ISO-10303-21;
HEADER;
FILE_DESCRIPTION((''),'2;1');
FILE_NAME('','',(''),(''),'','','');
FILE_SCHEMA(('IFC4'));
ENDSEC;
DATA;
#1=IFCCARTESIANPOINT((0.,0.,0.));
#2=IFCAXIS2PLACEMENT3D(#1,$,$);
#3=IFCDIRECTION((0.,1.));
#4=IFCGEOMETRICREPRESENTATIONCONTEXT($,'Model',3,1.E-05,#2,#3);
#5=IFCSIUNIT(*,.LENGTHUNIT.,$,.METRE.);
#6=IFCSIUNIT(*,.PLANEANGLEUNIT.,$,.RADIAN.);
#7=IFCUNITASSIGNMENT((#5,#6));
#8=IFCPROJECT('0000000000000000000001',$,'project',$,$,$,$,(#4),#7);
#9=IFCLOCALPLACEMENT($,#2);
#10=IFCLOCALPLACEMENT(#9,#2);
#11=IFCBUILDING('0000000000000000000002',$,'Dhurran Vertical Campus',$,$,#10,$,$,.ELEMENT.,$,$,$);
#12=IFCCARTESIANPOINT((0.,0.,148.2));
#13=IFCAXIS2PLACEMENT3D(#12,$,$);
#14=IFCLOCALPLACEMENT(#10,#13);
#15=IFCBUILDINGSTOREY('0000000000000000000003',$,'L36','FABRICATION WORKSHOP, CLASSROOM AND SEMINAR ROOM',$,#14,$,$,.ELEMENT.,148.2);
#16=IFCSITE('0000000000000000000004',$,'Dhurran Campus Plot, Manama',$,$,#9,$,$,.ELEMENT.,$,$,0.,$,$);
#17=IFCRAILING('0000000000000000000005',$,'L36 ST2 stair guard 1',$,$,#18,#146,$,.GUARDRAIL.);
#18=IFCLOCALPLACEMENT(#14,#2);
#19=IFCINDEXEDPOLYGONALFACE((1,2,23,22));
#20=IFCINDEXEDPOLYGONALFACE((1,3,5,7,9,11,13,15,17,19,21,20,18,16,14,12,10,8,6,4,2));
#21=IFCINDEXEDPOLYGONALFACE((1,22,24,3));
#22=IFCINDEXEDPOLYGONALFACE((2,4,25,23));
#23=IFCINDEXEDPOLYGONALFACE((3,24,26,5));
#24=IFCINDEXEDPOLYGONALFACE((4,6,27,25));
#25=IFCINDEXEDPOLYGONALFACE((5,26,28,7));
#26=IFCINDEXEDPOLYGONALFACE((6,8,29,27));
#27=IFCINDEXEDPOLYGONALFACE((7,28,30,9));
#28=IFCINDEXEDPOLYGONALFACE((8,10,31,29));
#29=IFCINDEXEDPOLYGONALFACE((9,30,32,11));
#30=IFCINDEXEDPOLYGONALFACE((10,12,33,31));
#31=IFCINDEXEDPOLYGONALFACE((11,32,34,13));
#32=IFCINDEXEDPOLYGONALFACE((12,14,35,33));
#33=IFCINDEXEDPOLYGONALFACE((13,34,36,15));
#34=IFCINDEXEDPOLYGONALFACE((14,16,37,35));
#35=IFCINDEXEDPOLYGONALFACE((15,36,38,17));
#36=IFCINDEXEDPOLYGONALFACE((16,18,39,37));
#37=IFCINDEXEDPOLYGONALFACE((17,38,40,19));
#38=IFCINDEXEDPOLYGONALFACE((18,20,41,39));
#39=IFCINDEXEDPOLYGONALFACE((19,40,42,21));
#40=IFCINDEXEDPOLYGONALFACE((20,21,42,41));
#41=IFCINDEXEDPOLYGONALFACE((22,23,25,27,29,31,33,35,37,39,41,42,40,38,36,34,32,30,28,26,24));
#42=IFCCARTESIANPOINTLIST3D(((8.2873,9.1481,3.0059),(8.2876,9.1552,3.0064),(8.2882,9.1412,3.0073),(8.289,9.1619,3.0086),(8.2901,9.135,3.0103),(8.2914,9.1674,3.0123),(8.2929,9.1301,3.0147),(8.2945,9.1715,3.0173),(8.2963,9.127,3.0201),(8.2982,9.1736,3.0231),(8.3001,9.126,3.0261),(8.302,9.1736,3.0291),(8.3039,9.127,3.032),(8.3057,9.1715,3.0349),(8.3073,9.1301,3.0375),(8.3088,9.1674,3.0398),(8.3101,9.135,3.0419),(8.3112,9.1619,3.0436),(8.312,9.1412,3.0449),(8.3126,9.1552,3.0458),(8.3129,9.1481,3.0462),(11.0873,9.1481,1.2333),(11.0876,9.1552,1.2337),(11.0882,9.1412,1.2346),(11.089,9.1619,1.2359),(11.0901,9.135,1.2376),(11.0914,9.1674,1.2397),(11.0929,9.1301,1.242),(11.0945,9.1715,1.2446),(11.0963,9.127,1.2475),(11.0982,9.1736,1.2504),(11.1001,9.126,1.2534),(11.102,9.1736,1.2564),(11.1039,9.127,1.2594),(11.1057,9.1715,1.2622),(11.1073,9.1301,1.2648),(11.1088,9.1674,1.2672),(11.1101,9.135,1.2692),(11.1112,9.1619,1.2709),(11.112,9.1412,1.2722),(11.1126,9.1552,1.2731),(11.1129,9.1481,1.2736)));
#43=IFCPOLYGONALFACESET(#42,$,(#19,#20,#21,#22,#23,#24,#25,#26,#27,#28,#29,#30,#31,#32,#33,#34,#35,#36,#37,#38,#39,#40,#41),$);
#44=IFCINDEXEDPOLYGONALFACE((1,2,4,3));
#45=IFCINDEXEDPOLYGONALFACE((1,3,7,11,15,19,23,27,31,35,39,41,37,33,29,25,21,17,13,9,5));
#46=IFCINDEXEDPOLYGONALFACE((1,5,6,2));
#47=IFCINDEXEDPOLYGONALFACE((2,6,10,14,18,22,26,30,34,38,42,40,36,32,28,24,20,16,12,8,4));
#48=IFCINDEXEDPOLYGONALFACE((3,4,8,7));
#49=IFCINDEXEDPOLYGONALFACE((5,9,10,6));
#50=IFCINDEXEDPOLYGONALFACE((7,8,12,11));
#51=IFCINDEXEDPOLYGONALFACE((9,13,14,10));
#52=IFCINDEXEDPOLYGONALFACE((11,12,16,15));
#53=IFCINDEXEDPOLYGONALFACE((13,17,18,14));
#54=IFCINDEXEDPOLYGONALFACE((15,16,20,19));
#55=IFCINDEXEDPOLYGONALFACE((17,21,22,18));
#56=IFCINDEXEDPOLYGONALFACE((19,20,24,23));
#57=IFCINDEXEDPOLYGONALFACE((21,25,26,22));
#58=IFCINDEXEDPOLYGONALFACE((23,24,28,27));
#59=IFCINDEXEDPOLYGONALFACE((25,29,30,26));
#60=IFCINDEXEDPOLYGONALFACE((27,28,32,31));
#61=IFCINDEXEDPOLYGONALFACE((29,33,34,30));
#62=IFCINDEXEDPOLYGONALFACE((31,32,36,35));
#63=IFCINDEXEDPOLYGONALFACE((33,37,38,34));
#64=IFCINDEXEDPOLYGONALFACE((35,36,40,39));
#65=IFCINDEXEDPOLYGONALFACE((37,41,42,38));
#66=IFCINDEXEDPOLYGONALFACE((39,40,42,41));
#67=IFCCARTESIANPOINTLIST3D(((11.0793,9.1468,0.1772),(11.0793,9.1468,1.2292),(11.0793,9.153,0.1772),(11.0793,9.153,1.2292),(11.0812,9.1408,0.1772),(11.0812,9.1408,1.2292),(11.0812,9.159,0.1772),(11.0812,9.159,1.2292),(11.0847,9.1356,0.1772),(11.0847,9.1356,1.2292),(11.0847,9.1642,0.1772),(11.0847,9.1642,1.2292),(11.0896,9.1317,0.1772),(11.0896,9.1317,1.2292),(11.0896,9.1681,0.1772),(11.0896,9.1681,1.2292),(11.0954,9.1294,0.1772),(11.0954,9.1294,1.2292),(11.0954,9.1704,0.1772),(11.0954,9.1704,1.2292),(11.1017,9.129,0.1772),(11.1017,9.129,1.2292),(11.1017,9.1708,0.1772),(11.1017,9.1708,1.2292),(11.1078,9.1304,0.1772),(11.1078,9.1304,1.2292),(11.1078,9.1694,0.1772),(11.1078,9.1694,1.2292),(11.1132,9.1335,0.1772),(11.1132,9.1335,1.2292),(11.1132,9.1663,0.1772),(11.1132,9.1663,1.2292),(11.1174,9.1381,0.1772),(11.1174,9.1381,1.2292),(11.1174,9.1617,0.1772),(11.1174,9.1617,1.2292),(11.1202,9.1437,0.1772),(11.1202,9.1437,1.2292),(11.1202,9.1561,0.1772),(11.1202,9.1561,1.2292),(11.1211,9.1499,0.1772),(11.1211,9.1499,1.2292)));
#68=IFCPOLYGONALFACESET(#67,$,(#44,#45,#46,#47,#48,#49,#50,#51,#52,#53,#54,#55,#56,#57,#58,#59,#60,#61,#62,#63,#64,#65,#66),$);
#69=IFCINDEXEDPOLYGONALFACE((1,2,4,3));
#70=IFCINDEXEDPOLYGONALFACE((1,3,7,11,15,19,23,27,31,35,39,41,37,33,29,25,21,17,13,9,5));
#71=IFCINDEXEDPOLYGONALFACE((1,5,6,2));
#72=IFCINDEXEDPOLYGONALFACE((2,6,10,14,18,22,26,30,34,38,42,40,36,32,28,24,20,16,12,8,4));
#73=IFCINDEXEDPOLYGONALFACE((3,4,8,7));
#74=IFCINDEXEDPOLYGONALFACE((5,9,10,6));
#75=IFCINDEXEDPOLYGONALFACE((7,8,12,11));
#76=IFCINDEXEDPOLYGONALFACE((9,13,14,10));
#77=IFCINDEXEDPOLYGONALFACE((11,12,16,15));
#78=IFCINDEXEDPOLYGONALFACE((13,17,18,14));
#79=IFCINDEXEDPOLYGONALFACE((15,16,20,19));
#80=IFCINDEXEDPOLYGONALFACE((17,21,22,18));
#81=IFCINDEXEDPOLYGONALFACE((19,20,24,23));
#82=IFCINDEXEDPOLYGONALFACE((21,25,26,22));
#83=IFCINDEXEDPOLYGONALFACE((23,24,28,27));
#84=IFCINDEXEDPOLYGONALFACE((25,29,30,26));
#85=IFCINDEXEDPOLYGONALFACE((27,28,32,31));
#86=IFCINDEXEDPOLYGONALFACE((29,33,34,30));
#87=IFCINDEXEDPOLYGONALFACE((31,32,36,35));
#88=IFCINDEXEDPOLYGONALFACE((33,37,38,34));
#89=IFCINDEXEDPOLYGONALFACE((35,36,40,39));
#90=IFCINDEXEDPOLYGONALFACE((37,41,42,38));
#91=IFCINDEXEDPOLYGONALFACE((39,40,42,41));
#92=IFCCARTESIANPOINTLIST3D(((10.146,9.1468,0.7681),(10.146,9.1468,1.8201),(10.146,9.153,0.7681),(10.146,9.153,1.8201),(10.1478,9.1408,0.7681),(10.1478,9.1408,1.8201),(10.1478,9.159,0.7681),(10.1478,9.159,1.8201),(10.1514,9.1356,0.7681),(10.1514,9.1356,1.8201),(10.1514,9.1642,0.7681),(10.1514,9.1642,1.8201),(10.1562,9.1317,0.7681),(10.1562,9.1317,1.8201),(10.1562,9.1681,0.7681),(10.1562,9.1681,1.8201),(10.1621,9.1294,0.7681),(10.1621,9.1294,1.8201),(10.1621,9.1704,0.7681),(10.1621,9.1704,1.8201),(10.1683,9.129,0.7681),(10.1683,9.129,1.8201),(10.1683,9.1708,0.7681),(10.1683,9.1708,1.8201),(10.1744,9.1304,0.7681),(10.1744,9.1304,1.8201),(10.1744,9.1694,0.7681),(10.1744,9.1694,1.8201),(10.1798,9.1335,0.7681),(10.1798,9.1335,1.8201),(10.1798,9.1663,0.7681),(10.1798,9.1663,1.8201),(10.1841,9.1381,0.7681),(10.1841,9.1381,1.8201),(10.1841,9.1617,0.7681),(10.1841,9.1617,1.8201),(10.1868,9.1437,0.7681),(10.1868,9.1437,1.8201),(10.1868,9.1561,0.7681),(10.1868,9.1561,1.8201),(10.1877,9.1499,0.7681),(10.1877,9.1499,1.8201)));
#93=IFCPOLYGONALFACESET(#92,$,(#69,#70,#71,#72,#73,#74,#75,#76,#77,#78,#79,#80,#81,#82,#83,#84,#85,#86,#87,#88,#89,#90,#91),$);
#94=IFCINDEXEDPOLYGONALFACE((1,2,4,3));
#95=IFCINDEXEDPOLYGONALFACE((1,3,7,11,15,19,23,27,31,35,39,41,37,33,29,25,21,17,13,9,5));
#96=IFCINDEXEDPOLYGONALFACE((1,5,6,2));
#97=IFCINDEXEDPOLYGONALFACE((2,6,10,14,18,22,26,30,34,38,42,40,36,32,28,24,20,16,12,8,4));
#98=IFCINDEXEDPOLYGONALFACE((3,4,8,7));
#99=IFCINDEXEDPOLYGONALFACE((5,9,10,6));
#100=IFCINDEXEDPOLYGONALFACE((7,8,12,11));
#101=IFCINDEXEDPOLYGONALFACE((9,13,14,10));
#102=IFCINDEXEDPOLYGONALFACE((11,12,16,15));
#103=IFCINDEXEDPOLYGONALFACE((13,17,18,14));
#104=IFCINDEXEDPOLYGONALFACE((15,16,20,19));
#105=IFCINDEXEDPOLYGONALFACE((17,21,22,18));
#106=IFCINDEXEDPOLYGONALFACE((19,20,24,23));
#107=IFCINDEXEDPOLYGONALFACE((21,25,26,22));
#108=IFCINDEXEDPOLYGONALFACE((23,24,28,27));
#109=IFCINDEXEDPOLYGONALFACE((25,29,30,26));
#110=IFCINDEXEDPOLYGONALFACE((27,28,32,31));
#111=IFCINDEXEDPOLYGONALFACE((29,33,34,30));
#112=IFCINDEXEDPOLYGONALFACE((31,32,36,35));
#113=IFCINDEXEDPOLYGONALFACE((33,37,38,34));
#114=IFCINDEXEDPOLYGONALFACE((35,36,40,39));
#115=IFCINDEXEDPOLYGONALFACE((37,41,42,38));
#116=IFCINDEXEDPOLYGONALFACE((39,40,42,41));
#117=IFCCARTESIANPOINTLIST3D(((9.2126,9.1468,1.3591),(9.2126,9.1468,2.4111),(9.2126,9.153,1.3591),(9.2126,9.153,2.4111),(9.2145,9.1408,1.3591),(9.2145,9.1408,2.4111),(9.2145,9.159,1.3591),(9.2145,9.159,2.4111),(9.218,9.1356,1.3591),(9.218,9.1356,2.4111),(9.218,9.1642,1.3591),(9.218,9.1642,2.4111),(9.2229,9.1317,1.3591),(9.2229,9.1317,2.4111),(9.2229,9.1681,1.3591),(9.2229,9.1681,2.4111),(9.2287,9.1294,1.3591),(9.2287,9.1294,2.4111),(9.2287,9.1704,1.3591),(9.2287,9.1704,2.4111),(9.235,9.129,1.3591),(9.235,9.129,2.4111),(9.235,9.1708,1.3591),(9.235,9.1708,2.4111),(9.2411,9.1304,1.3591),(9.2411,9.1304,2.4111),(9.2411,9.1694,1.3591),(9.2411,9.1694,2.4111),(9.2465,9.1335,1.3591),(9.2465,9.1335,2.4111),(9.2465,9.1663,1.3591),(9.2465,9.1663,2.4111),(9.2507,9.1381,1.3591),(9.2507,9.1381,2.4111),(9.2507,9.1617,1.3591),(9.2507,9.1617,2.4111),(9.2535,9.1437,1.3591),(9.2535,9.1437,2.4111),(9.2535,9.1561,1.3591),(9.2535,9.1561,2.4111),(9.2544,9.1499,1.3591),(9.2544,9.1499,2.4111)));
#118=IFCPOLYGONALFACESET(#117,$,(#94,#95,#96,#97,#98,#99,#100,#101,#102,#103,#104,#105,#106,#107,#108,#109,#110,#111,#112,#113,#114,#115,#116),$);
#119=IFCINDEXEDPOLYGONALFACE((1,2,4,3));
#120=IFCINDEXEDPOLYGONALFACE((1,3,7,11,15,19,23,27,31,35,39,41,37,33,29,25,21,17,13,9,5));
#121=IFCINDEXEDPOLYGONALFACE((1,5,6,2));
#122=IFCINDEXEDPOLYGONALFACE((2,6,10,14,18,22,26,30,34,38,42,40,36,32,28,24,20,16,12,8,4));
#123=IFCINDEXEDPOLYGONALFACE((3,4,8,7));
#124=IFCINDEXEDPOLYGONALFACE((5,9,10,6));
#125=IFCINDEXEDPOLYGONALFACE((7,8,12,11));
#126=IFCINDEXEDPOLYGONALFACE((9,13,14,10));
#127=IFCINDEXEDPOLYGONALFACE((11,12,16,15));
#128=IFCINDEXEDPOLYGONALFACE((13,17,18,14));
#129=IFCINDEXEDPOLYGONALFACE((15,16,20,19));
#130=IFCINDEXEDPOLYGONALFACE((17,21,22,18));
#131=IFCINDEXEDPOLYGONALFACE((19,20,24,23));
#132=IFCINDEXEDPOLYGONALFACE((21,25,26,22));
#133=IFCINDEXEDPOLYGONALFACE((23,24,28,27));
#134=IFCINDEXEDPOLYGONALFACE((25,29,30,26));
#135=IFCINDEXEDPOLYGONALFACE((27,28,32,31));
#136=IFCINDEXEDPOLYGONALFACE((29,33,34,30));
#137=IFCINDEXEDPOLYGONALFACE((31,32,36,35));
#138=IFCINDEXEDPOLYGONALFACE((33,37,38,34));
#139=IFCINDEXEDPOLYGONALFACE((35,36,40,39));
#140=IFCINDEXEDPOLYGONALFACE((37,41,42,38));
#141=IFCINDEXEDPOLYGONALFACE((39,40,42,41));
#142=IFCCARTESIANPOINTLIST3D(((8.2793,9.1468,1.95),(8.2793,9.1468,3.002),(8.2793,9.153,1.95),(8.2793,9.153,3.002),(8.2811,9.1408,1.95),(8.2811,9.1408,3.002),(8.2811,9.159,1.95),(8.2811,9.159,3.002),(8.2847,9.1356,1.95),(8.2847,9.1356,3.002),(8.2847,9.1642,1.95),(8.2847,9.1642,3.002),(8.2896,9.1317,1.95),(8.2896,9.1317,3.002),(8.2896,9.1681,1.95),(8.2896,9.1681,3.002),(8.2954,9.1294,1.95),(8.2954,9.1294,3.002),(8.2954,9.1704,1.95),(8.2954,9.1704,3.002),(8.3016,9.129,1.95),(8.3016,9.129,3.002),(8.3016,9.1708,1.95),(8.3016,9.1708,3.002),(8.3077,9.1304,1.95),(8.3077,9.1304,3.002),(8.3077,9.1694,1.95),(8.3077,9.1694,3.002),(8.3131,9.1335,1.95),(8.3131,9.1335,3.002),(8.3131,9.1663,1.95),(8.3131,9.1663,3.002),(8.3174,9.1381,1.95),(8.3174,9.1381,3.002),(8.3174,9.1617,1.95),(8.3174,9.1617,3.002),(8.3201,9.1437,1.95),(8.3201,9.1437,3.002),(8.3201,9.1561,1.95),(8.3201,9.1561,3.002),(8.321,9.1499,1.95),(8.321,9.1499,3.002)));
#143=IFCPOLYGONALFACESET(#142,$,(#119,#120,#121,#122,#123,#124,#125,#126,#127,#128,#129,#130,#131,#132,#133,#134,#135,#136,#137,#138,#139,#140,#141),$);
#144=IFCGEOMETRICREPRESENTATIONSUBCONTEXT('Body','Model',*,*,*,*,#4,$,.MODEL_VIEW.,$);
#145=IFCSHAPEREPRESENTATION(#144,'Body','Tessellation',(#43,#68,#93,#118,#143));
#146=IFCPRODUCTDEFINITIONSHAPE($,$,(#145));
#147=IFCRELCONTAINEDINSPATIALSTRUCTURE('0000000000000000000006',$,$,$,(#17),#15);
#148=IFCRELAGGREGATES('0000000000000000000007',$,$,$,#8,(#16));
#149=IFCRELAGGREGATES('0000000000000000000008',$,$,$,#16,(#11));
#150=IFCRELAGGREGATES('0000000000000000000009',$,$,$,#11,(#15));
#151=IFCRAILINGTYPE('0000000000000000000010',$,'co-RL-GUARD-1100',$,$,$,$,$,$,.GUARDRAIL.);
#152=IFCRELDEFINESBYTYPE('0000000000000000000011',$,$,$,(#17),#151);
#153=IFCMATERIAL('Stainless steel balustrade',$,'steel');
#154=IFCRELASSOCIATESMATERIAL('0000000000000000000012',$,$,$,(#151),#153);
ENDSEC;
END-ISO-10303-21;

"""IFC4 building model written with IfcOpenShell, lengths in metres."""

from ifc_helpers import new_model, si_unit, direction, frame, origin, origin_2d, place, context, subcontext, project, spatial, circle, extrude, material, type_object, element, save


model = new_model("IFC4")

# Units and contexts
model_context = context("Model", 3, precision=1e-05, world=origin(), true_north=direction((0.0, 1.0)))
body_context = subcontext(model_context, "Body", "Model", "MODEL_VIEW")
ifc_project = project(units=[si_unit("LENGTHUNIT", "METRE"), si_unit("PLANEANGLEUNIT", "RADIAN")], contexts=[model_context])

# Site, building, storey
site_placement = place(None, origin())
site = spatial("IfcSite", under=ifc_project, at=site_placement, Name="Dhurran Campus Plot, Manama", CompositionType="ELEMENT", RefElevation=0.0)
building_placement = place(site_placement, origin())
building = spatial("IfcBuilding", under=site, at=building_placement, Name="Dhurran Vertical Campus", CompositionType="ELEMENT")
storey_placement = place(building_placement, frame((0.0, 0.0, 148.2)))
storey = spatial("IfcBuildingStorey", under=building, at=storey_placement, Name="L36", Description="FABRICATION WORKSHOP, CLASSROOM AND SEMINAR ROOM", CompositionType="ELEMENT", Elevation=148.2)

# Railing
ifc_material_1 = material(Name="Stainless steel balustrade", Category="steel")
railing_type_1 = type_object("IfcRailingType", Name="co-RL-GUARD-1100", PredefinedType="GUARDRAIL", material=ifc_material_1)
railing_1_placement = place(storey_placement, frame((11.1001, 9.1499, 0.1772)))
element("IfcRailing", 1, at=railing_1_placement, inside=storey, type_object=railing_type_1, Name="L36 ST2 stair guard 1", PredefinedType="GUARDRAIL", context=body_context, shape_type="SweptSolid", body=[
    extrude(circle(Radius=0.0239, at=origin_2d()), frame((0.0, 0.0, 1.0762), z_axis=(-0.844909, 0.0, 0.53491), x_axis=(0.0, -1.0, 0.0)), (0.0, 0.0, 1.0), 3.314),
    extrude(circle(Radius=0.021, at=origin_2d()), origin(), (0.0, 0.0, 1.0), 1.052),
    extrude(circle(Radius=0.021, at=origin_2d()), frame((-0.9333, 0.0, 0.5908)), (0.0, 0.0, 1.0), 1.052),
    extrude(circle(Radius=0.021, at=origin_2d()), frame((-1.8667, 0.0, 1.1819)), (0.0, 0.0, 1.0), 1.052),
    extrude(circle(Radius=0.021, at=origin_2d()), frame((-2.8, 0.0, 1.7727)), (0.0, 0.0, 1.0), 1.052),
])

save(model, "model.ifc")
